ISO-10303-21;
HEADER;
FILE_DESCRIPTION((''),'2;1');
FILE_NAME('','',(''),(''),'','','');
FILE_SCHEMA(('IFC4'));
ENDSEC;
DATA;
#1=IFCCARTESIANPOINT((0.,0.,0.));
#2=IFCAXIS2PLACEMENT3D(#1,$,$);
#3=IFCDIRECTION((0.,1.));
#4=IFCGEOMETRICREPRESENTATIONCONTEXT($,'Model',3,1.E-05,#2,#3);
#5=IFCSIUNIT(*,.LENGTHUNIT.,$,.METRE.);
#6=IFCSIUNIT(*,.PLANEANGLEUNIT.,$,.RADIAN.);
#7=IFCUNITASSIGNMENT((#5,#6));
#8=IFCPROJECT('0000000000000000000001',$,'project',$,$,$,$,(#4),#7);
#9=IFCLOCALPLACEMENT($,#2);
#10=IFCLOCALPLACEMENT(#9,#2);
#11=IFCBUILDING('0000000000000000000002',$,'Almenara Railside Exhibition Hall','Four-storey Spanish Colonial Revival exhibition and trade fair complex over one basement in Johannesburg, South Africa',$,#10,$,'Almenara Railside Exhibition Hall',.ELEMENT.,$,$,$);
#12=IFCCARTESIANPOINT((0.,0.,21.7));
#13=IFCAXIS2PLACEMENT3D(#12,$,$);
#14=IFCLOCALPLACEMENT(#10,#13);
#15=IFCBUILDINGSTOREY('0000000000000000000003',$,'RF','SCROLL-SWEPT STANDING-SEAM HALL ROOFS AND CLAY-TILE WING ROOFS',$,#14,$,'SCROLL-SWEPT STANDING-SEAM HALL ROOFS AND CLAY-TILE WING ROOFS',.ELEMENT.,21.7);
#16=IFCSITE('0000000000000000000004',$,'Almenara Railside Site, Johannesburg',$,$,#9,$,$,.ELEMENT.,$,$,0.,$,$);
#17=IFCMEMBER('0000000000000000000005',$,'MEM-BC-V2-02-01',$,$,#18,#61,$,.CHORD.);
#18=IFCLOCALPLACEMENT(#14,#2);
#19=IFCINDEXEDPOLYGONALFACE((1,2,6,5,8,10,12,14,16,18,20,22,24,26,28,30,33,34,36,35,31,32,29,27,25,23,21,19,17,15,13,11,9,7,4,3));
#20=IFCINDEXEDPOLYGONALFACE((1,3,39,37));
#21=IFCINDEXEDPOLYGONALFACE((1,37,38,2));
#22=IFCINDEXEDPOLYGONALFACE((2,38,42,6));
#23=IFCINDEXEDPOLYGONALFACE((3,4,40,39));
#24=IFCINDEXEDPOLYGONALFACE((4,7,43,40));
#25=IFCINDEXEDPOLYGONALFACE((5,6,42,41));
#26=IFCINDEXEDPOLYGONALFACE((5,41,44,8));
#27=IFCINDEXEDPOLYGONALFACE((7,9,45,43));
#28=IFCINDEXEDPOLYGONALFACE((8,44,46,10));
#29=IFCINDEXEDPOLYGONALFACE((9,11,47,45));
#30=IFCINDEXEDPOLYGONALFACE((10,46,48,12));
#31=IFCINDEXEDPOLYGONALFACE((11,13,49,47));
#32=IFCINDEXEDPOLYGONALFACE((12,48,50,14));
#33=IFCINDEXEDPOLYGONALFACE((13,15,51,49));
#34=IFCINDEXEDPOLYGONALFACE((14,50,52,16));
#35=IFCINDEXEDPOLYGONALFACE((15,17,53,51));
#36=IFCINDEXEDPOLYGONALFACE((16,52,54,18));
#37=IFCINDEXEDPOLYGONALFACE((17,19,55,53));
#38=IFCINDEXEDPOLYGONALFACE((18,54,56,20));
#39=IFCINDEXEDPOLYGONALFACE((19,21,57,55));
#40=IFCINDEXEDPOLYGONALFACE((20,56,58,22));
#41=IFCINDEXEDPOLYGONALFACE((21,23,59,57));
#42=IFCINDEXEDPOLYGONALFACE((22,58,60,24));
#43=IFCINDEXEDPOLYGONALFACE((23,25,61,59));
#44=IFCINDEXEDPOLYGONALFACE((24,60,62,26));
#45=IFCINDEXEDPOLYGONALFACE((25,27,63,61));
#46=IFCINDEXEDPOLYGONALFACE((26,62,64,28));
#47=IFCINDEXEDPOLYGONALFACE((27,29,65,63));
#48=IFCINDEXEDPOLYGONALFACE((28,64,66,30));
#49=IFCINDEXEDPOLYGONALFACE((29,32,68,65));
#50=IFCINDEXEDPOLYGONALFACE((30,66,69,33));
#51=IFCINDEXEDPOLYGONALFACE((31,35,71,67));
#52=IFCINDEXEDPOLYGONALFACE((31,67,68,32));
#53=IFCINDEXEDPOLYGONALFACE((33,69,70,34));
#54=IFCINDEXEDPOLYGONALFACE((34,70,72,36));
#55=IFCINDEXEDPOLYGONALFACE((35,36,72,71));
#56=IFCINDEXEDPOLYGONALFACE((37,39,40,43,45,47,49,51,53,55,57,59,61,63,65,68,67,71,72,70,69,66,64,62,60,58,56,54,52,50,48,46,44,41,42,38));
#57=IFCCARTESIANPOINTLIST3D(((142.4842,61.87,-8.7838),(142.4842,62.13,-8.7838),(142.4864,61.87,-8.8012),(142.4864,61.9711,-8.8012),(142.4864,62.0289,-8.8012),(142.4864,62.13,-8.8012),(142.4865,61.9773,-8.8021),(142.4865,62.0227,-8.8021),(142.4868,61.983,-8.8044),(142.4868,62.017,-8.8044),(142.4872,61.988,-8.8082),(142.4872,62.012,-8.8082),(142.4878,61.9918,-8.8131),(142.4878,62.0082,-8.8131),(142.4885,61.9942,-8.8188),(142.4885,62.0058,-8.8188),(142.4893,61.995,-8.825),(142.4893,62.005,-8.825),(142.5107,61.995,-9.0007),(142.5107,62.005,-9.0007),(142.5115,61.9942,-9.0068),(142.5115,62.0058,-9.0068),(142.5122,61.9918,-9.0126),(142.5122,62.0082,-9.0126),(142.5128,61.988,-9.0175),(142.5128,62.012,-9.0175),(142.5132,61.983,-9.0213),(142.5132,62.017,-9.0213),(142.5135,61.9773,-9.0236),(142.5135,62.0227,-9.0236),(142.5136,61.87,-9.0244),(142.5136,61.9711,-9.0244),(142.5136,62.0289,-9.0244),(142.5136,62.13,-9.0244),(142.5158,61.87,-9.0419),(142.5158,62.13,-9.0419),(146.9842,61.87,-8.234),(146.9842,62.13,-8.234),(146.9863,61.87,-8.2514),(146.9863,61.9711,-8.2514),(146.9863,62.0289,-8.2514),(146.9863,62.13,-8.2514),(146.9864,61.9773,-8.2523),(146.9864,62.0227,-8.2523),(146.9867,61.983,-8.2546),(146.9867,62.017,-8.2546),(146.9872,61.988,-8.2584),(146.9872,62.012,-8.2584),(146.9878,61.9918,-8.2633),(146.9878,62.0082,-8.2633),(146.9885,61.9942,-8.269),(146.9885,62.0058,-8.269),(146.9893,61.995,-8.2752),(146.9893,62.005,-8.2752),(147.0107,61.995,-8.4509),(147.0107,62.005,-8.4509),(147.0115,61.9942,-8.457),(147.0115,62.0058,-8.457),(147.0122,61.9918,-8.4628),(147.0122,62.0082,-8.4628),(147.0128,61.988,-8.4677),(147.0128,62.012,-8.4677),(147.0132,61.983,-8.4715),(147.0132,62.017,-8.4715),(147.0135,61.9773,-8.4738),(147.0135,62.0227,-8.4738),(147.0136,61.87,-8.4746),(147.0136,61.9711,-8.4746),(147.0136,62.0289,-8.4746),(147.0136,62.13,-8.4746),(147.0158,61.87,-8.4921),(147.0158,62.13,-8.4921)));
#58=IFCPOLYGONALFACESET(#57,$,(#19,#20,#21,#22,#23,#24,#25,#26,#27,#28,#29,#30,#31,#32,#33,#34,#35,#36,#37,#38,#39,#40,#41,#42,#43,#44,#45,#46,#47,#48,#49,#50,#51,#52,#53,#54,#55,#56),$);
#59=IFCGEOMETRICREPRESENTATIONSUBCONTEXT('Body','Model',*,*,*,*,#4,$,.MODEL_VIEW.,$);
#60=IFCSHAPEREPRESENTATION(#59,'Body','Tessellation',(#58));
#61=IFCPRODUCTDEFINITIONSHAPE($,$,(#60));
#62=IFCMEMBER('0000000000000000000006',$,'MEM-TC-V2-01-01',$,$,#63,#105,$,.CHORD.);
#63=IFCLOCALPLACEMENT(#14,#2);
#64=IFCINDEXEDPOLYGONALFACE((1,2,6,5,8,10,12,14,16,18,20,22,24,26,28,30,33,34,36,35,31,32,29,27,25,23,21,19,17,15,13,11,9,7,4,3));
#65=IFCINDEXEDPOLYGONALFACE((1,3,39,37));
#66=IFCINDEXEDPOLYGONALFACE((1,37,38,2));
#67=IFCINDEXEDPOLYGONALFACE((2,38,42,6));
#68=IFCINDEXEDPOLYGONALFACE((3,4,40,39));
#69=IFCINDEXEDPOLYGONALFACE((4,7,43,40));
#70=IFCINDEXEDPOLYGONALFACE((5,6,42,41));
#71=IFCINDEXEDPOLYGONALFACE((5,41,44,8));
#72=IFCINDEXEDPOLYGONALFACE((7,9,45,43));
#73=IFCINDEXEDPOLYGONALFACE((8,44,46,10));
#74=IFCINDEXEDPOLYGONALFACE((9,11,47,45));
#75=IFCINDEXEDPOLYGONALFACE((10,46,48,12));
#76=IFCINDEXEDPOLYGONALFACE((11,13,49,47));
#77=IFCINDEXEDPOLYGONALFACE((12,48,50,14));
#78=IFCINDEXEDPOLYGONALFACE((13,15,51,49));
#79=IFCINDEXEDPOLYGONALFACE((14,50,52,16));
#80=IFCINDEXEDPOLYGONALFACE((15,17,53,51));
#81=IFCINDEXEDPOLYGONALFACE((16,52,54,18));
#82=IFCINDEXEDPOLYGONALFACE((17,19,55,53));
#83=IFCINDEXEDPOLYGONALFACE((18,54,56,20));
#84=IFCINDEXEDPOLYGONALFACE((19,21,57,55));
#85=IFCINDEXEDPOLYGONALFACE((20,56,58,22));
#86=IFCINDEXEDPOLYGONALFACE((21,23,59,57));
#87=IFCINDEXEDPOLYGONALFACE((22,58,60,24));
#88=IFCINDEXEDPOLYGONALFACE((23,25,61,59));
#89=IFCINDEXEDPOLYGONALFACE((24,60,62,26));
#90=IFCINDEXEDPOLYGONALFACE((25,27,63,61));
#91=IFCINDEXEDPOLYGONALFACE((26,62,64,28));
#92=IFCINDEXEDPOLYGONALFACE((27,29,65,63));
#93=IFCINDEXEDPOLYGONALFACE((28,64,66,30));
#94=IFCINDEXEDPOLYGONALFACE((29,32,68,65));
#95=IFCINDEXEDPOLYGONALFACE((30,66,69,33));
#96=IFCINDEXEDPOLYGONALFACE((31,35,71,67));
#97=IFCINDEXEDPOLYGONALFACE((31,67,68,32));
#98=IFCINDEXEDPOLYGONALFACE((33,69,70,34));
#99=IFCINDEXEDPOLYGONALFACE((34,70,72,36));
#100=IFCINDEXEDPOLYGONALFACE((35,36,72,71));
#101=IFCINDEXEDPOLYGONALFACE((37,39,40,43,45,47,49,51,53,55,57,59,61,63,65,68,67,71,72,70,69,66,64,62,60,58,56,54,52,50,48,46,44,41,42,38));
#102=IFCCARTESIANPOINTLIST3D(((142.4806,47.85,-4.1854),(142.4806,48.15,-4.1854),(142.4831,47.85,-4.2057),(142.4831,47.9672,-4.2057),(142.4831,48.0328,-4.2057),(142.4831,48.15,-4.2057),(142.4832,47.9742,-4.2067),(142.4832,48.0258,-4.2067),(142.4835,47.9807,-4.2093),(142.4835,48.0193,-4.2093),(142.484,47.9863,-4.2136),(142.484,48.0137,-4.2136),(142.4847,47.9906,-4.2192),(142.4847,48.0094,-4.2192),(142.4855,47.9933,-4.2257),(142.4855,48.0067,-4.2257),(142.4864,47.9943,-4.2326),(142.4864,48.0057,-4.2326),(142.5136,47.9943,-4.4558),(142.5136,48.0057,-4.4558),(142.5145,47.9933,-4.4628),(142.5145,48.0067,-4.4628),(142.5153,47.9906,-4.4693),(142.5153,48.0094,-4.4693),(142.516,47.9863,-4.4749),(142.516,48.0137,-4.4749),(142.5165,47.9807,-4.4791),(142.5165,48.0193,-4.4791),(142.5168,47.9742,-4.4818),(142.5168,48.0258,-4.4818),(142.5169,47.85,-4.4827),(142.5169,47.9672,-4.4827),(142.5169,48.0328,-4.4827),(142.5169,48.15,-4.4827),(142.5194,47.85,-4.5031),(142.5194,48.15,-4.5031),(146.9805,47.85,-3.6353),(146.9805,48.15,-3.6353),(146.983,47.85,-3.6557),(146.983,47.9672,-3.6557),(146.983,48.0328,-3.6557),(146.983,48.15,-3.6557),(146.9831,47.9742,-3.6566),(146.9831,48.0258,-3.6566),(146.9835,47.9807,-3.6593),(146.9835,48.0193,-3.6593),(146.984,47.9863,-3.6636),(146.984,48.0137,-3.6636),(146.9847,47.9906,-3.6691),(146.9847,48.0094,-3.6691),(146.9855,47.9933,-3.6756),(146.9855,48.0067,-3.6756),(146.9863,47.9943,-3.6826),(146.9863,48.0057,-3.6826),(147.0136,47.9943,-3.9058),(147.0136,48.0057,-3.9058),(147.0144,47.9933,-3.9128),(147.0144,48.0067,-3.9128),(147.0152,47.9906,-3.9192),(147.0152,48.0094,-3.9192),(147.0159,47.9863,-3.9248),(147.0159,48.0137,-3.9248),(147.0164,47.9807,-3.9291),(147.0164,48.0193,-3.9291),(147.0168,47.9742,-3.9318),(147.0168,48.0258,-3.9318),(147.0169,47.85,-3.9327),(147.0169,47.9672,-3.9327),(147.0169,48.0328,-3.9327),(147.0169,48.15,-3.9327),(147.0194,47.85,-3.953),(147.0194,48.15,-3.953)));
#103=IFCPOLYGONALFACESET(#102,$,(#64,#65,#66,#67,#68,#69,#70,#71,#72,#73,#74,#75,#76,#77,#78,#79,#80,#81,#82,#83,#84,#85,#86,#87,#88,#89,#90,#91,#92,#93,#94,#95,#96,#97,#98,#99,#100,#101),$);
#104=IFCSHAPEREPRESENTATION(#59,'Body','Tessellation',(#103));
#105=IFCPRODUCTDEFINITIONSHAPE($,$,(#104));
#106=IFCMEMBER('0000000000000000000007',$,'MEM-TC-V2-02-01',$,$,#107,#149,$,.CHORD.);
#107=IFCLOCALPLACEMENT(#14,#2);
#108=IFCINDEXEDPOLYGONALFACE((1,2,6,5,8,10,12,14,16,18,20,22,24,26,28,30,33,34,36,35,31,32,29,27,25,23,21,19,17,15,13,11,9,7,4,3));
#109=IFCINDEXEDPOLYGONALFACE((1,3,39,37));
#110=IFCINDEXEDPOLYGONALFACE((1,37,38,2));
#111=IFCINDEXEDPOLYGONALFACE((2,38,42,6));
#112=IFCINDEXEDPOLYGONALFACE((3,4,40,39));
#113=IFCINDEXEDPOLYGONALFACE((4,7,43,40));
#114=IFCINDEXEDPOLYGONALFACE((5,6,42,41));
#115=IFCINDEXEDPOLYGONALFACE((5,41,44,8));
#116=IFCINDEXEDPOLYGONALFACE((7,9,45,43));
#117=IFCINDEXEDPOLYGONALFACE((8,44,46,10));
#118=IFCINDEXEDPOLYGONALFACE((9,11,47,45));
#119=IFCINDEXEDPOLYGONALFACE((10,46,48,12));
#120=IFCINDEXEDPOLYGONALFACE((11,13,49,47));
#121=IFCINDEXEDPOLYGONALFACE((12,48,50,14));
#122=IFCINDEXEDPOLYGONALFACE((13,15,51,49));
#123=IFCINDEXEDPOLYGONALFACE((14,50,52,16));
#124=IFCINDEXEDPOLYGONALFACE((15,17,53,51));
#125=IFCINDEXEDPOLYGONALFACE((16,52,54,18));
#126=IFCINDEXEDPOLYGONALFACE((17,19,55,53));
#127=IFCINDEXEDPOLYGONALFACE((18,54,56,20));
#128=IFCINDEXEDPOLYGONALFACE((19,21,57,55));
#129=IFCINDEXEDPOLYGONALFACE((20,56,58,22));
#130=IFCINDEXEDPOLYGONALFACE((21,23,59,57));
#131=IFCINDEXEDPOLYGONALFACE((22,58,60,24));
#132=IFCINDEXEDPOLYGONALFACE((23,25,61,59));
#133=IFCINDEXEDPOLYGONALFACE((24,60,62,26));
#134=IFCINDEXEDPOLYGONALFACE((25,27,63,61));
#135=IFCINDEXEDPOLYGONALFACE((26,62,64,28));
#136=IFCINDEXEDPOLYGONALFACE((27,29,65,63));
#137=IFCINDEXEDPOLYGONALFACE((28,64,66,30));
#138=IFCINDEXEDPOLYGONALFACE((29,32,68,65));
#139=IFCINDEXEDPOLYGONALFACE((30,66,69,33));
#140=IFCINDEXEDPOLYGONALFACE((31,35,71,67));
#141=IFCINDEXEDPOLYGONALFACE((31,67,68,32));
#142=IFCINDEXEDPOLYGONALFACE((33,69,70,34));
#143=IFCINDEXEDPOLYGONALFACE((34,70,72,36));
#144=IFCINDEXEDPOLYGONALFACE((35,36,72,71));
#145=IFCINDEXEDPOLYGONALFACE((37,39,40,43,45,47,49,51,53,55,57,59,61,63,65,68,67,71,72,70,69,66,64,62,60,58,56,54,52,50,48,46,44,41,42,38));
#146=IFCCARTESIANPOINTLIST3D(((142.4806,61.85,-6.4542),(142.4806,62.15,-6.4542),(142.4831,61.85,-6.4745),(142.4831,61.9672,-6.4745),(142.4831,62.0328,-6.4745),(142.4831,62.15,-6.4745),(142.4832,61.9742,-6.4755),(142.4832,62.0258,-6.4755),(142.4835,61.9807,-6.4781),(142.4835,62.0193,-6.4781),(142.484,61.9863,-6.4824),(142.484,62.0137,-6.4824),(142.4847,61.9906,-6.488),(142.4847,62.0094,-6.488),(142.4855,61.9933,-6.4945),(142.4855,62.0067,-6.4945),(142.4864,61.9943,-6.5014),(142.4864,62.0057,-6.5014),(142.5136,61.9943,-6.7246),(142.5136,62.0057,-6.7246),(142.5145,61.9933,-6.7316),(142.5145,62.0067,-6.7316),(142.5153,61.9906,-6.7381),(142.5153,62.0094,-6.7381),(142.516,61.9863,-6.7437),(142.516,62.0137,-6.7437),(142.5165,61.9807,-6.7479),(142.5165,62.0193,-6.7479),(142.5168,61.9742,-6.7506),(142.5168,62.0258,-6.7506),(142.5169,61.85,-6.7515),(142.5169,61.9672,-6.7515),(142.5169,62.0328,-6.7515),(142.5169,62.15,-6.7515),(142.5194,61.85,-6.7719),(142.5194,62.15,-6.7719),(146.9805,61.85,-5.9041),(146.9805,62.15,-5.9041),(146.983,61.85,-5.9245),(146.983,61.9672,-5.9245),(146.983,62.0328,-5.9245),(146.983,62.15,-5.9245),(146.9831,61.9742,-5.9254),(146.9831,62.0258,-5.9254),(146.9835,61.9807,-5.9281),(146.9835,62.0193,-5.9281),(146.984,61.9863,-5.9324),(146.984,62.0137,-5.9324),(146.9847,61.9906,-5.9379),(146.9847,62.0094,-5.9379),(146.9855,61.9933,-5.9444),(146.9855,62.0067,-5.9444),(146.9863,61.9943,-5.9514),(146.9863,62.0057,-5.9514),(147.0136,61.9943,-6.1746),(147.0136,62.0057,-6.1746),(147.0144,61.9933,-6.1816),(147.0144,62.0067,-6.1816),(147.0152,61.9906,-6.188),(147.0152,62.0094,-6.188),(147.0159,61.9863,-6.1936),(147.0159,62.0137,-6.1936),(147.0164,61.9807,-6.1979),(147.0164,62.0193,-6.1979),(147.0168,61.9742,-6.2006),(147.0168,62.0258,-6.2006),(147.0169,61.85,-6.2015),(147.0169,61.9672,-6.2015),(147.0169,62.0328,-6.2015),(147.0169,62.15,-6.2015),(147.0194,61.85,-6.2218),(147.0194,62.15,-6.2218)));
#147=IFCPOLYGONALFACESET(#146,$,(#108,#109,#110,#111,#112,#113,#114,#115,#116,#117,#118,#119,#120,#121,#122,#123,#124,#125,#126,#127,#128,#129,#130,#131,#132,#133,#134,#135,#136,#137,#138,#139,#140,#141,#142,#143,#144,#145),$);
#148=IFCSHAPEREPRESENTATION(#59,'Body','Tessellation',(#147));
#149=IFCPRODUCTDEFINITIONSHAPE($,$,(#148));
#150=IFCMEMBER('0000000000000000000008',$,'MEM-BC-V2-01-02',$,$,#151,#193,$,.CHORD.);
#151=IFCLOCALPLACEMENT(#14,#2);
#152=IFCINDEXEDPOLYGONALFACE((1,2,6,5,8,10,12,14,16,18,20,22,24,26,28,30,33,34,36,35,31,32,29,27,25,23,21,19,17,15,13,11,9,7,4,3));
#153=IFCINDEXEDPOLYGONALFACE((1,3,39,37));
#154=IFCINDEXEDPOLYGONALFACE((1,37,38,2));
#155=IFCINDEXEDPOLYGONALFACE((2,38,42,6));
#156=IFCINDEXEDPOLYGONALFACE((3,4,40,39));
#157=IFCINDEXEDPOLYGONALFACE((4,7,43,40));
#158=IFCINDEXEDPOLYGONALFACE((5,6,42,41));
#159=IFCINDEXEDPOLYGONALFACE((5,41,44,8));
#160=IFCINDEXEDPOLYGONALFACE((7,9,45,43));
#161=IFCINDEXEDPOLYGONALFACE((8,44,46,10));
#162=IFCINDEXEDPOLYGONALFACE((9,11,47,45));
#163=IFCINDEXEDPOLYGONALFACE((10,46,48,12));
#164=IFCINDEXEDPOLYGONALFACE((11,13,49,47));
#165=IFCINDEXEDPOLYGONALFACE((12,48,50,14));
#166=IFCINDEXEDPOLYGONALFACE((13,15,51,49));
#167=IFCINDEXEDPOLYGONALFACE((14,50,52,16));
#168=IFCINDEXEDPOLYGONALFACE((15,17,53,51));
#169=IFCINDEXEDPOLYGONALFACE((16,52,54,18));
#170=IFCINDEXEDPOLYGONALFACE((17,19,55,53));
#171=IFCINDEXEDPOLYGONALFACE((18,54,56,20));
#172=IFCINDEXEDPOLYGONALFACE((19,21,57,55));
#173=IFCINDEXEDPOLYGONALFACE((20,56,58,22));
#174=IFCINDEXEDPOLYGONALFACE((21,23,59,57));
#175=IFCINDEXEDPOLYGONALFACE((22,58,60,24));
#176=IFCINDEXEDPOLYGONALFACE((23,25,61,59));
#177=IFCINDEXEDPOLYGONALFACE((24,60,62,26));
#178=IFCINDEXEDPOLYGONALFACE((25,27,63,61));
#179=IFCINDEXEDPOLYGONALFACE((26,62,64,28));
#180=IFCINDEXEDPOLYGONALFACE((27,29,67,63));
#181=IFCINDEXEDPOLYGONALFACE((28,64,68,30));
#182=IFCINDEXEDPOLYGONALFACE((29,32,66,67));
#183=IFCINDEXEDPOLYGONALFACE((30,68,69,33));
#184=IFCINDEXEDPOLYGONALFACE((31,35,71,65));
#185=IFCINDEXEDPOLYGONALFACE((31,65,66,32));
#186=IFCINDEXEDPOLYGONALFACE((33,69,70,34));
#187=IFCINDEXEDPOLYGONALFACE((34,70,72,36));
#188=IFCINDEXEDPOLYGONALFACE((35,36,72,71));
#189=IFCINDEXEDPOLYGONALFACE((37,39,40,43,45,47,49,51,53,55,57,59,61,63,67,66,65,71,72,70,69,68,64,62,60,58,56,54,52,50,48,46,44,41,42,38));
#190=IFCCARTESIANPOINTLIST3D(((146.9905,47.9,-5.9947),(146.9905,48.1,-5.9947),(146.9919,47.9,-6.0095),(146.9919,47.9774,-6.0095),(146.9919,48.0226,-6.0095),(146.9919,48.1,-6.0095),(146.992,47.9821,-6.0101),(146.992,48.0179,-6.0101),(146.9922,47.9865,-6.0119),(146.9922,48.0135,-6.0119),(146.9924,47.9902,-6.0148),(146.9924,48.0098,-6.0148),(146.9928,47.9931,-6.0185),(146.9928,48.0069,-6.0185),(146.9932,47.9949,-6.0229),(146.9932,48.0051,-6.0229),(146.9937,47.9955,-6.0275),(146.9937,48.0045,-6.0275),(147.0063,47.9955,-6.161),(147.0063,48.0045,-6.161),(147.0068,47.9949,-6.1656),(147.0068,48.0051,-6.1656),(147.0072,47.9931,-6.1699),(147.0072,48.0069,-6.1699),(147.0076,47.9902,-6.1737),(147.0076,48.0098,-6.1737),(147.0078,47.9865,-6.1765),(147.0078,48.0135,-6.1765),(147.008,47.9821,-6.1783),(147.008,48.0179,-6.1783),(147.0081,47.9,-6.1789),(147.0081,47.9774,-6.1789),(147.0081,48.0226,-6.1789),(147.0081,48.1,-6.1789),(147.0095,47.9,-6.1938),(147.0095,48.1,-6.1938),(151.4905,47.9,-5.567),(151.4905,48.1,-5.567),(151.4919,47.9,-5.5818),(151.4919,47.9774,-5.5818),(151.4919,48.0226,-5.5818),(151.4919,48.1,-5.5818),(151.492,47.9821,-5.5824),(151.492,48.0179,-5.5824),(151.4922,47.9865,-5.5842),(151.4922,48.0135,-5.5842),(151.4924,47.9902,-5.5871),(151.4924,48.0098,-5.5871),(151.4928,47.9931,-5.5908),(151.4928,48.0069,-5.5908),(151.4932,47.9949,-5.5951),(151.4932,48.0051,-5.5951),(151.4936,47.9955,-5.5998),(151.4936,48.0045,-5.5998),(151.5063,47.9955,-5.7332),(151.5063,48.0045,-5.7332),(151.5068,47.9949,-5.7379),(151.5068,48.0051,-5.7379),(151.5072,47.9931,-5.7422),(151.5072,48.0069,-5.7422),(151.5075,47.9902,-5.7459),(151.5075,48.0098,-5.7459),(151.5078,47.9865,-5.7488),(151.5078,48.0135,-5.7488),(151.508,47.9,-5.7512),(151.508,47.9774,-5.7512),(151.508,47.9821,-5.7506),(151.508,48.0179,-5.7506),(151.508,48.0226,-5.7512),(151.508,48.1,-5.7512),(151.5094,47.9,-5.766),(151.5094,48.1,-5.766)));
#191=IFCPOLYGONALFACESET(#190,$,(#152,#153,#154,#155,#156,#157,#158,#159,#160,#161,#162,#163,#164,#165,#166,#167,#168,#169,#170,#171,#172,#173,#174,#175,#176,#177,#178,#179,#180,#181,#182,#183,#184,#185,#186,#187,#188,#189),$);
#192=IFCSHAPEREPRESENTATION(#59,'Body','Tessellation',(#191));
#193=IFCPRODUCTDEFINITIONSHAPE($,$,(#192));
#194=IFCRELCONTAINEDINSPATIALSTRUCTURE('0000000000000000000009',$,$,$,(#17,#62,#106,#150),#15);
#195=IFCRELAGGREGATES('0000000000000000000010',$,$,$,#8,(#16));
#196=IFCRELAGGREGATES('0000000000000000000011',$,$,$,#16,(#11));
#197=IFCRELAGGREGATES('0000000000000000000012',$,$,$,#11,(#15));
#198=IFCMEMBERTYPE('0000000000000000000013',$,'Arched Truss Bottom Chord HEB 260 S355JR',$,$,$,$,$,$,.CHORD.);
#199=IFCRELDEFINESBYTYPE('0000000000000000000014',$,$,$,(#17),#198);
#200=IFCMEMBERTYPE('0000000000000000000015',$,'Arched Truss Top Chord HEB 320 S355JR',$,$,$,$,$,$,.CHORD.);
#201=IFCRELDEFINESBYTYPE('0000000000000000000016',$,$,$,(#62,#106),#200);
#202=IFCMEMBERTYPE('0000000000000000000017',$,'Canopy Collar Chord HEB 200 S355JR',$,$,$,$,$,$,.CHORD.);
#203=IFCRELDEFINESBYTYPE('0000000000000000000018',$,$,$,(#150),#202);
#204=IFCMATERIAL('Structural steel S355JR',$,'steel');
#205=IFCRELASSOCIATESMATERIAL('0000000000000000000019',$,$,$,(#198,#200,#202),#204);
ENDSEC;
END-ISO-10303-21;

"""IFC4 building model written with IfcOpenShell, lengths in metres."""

from ifc_helpers import new_model, si_unit, direction, frame, origin, origin_2d, place, context, subcontext, project, spatial, i_section, extrude, material, material_profile, profile_set, type_object, element, save


model = new_model("IFC4")

# Units and contexts
model_context = context("Model", 3, precision=1e-05, world=origin(), true_north=direction((0.0, 1.0)))
body_context = subcontext(model_context, "Body", "Model", "MODEL_VIEW")
ifc_project = project(units=[si_unit("LENGTHUNIT", "METRE"), si_unit("PLANEANGLEUNIT", "RADIAN")], contexts=[model_context])

# Site, building, storey
site_placement = place(None, origin())
site = spatial("IfcSite", under=ifc_project, at=site_placement, Name="Almenara Railside Site, Johannesburg", CompositionType="ELEMENT", RefElevation=0.0)
building_placement = place(site_placement, origin())
building = spatial("IfcBuilding", under=site, at=building_placement, Name="Almenara Railside Exhibition Hall", Description="Four-storey Spanish Colonial Revival exhibition and trade fair complex over one basement in Johannesburg, South Africa", LongName="Almenara Railside Exhibition Hall", CompositionType="ELEMENT")
storey_placement = place(building_placement, frame((0.0, 0.0, 21.7)))
storey = spatial("IfcBuildingStorey", under=building, at=storey_placement, Name="RF", Description="SCROLL-SWEPT STANDING-SEAM HALL ROOFS AND CLAY-TILE WING ROOFS", LongName="SCROLL-SWEPT STANDING-SEAM HALL ROOFS AND CLAY-TILE WING ROOFS", CompositionType="ELEMENT", Elevation=21.7)

# Members
ifc_material = material(Name="Structural steel S355JR", Category="steel")
ifc_material_profile_1 = material_profile(ifc_material, i_section(OverallWidth=0.26, OverallDepth=0.26, WebThickness=0.01, FlangeThickness=0.0176, FilletRadius=0.0239, at=origin_2d()), Name="HEB 260")
ifc_profile_set_1 = profile_set([ifc_material_profile_1], Name="Structural steel S355JR")
member_type_1 = type_object("IfcMemberType", Name="Arched Truss Bottom Chord HEB 260 S355JR", PredefinedType="CHORD", material=ifc_profile_set_1)
for number, where, z_axis, x_axis, name in (
    (1, (142.5, 62.0, -8.9128), (0.992619, 0.0, 0.121277), (0.0, 1.0, 0.0), "MEM-BC-V2-02-01"),
):
    element("IfcMember", number, at=place(storey_placement, frame(where, z_axis=z_axis, x_axis=x_axis)), inside=storey, type_object=member_type_1, Name=name, PredefinedType="CHORD", context=body_context, shape_type="SweptSolid", body=[
        extrude(i_section(OverallWidth=0.26, OverallDepth=0.26, WebThickness=0.01, FlangeThickness=0.0176, FilletRadius=0.0239, at=origin_2d()), origin(), (0.0, 0.0, 1.0), 4.5334),
    ])
ifc_material_profile_2 = material_profile(ifc_material, i_section(OverallWidth=0.3, OverallDepth=0.3201, WebThickness=0.0115, FlangeThickness=0.0205, FilletRadius=0.0271, at=origin_2d()), Name="HEB 320")
ifc_profile_set_2 = profile_set([ifc_material_profile_2], Name="Structural steel S355JR")
member_type_2 = type_object("IfcMemberType", Name="Arched Truss Top Chord HEB 320 S355JR", PredefinedType="CHORD", material=ifc_profile_set_2)
for number, where, z_axis, x_axis, name in (
    (2, (142.5, 48.0, -4.3442), (0.992612, 0.0, 0.12133), (0.0, 1.0, 0.0), "MEM-TC-V2-01-01"),
    (3, (142.5, 62.0, -6.613), (0.992612, 0.0, 0.12133), (0.0, 1.0, 0.0), "MEM-TC-V2-02-01"),
):
    element("IfcMember", number, at=place(storey_placement, frame(where, z_axis=z_axis, x_axis=x_axis)), inside=storey, type_object=member_type_2, Name=name, PredefinedType="CHORD", context=body_context, shape_type="SweptSolid", body=[
        extrude(i_section(OverallWidth=0.3, OverallDepth=0.3201, WebThickness=0.0115, FlangeThickness=0.0205, FilletRadius=0.0271, at=origin_2d()), origin(), (0.0, 0.0, 1.0), 4.5334),
    ])
ifc_material_profile_3 = material_profile(ifc_material, i_section(OverallWidth=0.2, OverallDepth=0.2, WebThickness=0.009, FlangeThickness=0.0149, FilletRadius=0.0181, at=origin_2d()), Name="HEB 200")
ifc_profile_set_3 = profile_set([ifc_material_profile_3], Name="Structural steel S355JR")
member_type_3 = type_object("IfcMemberType", Name="Canopy Collar Chord HEB 200 S355JR", PredefinedType="CHORD", material=ifc_profile_set_3)
member_1_placement = place(storey_placement, frame((147.0, 48.0, -6.0942), z_axis=(0.995513, 0.0, 0.094626), x_axis=(0.0, 1.0, 0.0)))
element("IfcMember", 4, at=member_1_placement, inside=storey, type_object=member_type_3, Name="MEM-BC-V2-01-02", PredefinedType="CHORD", context=body_context, shape_type="SweptSolid", body=[
    extrude(i_section(OverallWidth=0.2, OverallDepth=0.2, WebThickness=0.009, FlangeThickness=0.0149, FilletRadius=0.0181, at=origin_2d()), origin(), (0.0, 0.0, 1.0), 4.5203),
])

save(model, "model.ifc")
